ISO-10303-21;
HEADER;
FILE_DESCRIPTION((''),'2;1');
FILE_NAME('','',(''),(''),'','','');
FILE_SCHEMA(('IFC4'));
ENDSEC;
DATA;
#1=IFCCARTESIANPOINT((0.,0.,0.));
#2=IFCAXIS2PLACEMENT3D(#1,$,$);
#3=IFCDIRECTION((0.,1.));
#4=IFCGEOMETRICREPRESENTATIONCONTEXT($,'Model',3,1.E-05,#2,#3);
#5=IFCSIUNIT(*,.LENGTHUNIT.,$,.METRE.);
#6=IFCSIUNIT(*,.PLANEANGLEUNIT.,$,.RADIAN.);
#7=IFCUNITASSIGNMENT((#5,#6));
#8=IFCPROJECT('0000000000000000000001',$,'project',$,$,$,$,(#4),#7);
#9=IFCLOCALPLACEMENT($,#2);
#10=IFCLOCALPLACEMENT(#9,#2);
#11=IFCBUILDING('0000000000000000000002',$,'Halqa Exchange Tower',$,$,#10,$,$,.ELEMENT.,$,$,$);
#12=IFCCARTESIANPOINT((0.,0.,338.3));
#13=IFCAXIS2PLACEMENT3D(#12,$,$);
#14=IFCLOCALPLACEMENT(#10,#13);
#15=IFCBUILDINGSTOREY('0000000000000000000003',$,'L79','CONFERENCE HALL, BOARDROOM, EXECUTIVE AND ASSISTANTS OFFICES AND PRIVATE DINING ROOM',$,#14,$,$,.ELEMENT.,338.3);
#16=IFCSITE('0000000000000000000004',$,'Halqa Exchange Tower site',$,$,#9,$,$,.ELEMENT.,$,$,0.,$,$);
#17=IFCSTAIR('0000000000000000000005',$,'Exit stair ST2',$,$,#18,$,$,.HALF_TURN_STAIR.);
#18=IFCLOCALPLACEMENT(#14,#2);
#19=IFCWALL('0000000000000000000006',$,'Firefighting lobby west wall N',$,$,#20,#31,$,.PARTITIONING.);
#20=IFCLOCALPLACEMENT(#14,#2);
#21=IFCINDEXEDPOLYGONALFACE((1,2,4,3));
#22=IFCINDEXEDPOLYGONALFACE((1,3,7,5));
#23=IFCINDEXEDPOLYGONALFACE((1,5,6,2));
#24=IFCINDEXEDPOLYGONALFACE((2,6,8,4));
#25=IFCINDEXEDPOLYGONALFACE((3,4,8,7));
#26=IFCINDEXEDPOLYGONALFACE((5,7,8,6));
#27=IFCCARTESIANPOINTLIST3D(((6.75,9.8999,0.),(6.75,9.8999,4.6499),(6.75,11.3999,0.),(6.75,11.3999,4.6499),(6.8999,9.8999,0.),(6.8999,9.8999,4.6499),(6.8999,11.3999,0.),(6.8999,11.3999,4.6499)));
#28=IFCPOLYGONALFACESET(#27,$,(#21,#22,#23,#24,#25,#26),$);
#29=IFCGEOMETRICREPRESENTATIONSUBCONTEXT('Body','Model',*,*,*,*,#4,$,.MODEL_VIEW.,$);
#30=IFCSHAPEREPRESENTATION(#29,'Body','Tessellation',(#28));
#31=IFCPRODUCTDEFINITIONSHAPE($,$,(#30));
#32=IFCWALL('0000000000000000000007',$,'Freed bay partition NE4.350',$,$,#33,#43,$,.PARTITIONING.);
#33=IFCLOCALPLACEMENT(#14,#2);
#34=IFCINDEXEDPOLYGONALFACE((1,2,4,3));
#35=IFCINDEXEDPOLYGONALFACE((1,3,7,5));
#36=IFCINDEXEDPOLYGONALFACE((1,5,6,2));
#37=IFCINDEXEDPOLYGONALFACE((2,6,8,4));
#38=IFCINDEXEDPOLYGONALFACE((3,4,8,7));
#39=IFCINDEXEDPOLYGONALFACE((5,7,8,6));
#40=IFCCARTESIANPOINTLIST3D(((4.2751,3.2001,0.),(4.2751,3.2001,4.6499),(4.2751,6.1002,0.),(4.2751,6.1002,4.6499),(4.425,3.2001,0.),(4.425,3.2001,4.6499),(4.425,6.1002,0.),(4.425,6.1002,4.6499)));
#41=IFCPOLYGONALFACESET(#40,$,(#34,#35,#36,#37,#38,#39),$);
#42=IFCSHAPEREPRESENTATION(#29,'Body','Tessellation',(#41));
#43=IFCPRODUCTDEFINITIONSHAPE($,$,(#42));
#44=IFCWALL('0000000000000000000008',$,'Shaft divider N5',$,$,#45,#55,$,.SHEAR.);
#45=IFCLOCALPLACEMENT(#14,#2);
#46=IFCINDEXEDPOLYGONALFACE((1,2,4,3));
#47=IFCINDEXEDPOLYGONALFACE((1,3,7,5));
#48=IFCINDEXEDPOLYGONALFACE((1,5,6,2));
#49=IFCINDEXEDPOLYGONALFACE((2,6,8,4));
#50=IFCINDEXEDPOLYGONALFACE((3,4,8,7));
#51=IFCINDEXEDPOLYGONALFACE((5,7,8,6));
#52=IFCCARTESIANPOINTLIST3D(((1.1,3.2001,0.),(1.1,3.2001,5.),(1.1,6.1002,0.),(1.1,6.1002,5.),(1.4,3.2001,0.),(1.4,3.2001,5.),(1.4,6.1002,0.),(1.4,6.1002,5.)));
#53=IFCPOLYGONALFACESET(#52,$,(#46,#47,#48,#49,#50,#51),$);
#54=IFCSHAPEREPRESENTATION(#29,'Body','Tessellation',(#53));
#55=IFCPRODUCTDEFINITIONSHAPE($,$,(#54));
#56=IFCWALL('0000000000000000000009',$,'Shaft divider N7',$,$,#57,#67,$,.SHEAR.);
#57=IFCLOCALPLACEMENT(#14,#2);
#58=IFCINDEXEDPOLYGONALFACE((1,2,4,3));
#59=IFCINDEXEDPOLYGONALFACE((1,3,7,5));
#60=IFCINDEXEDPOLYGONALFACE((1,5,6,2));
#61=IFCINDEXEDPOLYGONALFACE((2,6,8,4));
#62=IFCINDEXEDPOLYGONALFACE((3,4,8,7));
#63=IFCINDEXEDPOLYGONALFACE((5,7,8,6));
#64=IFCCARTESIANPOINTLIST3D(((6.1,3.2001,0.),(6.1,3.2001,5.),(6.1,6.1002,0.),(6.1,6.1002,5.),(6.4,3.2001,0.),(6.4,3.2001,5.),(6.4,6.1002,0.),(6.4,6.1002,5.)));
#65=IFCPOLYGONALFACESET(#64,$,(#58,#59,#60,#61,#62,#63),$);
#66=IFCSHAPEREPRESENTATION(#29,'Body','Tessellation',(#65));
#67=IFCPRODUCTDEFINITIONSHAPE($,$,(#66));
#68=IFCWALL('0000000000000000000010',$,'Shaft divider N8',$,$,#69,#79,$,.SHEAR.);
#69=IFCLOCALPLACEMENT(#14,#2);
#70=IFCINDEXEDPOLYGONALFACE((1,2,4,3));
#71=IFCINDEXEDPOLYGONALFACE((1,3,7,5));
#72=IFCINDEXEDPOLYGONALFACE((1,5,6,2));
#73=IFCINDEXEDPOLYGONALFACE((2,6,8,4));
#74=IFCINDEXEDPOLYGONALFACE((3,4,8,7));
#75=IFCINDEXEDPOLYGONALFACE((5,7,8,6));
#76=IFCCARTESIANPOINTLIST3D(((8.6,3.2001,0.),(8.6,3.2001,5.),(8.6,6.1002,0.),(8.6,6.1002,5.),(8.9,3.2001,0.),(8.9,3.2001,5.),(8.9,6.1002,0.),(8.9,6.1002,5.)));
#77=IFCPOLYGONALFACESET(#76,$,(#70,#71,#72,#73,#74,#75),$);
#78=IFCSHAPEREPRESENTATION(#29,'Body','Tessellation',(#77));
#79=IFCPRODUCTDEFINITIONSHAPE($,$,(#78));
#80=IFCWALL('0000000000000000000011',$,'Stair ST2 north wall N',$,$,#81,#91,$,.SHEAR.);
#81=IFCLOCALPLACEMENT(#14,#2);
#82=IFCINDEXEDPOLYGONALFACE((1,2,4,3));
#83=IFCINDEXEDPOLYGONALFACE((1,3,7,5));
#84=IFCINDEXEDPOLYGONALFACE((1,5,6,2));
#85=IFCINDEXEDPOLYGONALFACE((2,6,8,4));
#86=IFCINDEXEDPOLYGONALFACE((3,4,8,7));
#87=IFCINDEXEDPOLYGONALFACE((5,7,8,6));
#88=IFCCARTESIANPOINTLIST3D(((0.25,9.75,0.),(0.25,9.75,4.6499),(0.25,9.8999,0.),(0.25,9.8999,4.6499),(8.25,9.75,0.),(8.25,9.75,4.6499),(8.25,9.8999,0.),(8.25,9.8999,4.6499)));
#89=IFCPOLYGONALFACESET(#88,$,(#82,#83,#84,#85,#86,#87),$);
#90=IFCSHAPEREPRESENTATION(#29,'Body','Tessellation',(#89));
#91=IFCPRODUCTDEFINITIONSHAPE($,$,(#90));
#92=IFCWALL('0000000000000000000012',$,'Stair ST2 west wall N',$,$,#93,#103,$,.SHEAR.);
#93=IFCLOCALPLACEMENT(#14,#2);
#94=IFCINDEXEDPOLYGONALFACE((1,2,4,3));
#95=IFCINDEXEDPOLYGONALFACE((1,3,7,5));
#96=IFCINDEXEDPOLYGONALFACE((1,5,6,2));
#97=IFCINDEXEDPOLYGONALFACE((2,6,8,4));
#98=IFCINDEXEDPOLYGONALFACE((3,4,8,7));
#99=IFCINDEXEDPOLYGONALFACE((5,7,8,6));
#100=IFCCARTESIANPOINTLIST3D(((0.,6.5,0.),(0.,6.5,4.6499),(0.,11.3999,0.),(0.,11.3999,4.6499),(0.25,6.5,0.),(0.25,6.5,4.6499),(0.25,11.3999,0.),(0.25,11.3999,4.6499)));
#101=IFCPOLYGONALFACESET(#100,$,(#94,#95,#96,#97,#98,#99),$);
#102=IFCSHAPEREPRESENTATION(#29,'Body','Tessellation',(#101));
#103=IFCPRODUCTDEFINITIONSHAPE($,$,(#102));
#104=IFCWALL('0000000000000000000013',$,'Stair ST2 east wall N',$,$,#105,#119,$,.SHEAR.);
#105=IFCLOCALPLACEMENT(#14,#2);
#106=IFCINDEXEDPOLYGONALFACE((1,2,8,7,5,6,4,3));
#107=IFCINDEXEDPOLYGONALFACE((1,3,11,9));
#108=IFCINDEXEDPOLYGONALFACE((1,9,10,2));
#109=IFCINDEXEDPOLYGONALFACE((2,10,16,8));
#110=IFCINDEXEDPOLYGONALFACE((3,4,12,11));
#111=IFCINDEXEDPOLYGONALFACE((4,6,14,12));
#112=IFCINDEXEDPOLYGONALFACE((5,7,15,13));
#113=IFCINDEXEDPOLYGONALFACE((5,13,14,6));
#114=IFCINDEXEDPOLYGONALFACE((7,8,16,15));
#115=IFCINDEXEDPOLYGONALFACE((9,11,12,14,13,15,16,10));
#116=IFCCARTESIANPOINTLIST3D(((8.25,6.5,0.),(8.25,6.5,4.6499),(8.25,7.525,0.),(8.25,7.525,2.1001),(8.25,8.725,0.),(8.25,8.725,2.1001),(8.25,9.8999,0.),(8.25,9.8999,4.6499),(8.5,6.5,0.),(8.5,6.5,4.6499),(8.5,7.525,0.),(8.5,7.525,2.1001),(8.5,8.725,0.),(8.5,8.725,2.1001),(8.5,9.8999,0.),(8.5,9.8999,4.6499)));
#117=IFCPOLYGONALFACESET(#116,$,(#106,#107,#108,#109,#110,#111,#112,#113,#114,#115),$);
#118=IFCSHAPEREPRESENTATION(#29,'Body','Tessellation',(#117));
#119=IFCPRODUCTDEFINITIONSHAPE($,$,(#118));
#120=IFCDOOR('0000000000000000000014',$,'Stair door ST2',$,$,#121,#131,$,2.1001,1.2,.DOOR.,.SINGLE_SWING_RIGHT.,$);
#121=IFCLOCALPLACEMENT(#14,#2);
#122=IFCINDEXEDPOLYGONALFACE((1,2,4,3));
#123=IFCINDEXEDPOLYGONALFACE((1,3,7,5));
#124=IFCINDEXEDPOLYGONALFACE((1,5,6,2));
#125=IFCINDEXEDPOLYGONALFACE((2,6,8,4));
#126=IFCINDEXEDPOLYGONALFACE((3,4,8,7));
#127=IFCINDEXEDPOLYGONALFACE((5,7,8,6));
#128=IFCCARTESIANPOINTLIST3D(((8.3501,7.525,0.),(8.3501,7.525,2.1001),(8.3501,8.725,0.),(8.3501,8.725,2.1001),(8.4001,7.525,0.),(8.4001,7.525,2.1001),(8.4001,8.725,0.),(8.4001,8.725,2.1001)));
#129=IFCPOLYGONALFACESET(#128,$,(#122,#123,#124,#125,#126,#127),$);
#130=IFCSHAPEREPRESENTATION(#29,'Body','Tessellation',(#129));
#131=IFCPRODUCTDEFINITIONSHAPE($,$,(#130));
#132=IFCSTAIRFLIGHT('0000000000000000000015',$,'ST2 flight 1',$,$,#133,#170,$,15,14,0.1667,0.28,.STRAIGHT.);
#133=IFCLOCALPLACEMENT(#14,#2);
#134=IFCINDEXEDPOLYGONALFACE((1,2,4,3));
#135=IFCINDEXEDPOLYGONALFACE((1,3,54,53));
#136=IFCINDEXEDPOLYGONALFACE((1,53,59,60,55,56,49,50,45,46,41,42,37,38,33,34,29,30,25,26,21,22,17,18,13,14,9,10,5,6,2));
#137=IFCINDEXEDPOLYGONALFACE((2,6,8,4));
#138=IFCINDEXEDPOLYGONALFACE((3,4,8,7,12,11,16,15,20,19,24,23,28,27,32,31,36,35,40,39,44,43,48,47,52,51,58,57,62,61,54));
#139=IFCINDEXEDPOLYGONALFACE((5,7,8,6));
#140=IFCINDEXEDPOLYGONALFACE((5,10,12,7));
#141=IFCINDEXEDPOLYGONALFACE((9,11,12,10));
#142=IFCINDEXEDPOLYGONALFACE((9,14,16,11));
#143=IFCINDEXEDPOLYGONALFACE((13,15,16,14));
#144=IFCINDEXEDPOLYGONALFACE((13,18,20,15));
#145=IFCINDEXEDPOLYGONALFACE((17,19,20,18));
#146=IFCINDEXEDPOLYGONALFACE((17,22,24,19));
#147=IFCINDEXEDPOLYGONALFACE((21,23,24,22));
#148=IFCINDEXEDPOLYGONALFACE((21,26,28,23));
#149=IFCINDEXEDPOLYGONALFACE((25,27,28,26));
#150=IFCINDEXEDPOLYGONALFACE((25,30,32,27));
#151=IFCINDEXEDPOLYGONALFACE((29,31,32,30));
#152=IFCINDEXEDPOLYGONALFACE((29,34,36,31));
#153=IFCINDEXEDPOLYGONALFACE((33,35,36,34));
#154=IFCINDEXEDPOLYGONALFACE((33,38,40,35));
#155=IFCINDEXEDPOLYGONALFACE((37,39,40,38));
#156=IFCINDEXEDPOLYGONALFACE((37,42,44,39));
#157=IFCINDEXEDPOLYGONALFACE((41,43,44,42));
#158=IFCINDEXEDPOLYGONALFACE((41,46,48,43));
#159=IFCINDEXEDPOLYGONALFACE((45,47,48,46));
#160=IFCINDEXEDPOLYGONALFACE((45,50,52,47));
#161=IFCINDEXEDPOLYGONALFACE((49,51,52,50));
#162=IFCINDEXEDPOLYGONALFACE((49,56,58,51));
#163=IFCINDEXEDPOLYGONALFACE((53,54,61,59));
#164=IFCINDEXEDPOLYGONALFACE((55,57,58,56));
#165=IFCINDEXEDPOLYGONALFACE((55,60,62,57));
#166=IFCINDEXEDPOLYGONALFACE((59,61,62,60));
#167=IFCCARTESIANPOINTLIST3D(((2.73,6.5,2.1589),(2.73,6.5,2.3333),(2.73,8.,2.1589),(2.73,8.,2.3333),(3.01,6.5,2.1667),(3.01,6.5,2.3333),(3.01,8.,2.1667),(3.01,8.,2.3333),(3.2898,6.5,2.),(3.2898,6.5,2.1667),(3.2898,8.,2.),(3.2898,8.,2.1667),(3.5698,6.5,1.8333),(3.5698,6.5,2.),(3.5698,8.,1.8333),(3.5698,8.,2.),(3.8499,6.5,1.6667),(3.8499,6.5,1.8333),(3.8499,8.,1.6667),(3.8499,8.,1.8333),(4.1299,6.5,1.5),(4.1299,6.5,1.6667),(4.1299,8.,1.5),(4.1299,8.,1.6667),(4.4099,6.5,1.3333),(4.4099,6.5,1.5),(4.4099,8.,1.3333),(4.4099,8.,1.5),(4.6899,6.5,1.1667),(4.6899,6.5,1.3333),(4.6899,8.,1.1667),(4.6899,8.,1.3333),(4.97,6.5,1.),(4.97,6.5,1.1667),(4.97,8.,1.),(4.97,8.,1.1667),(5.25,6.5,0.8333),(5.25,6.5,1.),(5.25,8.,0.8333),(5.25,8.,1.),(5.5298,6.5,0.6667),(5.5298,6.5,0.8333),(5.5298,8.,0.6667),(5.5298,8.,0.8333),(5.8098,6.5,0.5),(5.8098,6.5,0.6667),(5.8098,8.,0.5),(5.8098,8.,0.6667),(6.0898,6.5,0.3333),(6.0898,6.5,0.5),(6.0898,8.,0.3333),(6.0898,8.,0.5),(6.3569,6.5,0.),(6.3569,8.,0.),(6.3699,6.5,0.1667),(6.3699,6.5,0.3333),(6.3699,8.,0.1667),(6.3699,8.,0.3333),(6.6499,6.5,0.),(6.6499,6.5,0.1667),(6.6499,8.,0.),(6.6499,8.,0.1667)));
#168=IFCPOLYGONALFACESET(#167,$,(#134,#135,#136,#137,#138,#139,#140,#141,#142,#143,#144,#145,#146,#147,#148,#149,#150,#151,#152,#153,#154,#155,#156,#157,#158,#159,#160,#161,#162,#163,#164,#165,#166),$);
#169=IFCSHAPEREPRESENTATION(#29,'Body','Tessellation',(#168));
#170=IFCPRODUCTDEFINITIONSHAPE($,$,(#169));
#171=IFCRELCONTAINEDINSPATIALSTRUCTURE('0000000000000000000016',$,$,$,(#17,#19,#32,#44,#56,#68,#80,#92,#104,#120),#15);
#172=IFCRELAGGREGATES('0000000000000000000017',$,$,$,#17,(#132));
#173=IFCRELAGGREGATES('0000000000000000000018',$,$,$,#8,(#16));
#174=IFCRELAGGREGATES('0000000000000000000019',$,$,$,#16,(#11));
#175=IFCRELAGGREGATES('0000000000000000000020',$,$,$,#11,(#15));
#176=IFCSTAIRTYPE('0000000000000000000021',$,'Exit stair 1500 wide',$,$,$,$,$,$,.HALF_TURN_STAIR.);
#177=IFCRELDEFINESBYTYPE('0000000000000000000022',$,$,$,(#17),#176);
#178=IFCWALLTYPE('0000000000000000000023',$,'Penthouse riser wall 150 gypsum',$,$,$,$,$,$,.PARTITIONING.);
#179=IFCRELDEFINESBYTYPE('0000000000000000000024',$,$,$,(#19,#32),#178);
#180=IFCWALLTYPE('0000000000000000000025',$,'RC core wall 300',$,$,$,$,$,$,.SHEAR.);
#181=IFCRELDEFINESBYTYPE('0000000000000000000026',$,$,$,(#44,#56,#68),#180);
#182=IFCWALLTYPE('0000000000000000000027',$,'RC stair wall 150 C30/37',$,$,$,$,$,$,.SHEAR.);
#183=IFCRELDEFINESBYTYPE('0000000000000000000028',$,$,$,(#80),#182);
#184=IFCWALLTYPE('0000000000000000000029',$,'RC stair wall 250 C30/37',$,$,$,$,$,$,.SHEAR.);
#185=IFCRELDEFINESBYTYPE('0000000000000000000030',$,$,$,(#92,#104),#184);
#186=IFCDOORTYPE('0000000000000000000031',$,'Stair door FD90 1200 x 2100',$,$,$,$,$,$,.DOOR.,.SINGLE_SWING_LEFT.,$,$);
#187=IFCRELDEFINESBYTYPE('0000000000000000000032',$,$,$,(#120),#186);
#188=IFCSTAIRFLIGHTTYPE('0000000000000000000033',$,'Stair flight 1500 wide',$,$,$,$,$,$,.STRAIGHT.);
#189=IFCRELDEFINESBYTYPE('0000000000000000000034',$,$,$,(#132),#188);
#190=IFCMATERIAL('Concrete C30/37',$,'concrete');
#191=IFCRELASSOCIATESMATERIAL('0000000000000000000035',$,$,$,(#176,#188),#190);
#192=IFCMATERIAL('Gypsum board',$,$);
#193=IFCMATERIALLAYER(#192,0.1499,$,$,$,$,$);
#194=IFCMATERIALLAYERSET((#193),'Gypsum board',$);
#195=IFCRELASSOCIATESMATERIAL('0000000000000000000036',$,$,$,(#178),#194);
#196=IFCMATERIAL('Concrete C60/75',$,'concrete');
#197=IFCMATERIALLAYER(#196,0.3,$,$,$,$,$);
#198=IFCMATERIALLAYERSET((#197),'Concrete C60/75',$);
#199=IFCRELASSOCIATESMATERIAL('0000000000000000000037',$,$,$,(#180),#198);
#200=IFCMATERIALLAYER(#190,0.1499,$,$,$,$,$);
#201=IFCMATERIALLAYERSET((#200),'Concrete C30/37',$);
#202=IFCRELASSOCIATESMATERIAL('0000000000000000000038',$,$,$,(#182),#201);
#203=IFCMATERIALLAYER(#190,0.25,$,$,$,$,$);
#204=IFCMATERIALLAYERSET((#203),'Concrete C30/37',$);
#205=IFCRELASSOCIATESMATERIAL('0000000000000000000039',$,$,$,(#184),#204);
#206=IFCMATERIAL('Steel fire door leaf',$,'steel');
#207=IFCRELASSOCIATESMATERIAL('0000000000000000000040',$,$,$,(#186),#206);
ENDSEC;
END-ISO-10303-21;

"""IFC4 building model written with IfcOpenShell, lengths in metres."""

from ifc_helpers import new_model, si_unit, direction, frame, frame_2d, origin, place, context, subcontext, project, spatial, polyline, rectangle, outline, extrude, material, layer, layer_set, type_object, element, fill, aggregate, save


model = new_model("IFC4")

# Units and contexts
model_context = context("Model", 3, precision=1e-05, world=origin(), true_north=direction((0.0, 1.0)))
body_context = subcontext(model_context, "Body", "Model", "MODEL_VIEW")
ifc_project = project(units=[si_unit("LENGTHUNIT", "METRE"), si_unit("PLANEANGLEUNIT", "RADIAN")], contexts=[model_context])

# Site, building, storey
site_placement = place(None, origin())
site = spatial("IfcSite", under=ifc_project, at=site_placement, Name="Halqa Exchange Tower site", CompositionType="ELEMENT", RefElevation=0.0)
building_placement = place(site_placement, origin())
building = spatial("IfcBuilding", under=site, at=building_placement, Name="Halqa Exchange Tower", CompositionType="ELEMENT")
storey_placement = place(building_placement, frame((0.0, 0.0, 338.3)))
storey = spatial("IfcBuildingStorey", under=building, at=storey_placement, Name="L79", Description="CONFERENCE HALL, BOARDROOM, EXECUTIVE AND ASSISTANTS OFFICES AND PRIVATE DINING ROOM", CompositionType="ELEMENT", Elevation=338.3)

# Shared definitions
ifc_material_1 = material(Name="Concrete C60/75", Category="concrete")

# Stair
ifc_material_2 = material(Name="Concrete C30/37", Category="concrete")
stair_type = type_object("IfcStairType", Name="Exit stair 1500 wide", PredefinedType="HALF_TURN_STAIR", material=ifc_material_2)
stair_1_placement = place(storey_placement, origin())
stair_1 = element("IfcStair", 1, at=stair_1_placement, inside=storey, type_object=stair_type, Name="Exit stair ST2", PredefinedType="HALF_TURN_STAIR")

# Walls
ifc_material_3 = material(Name="Gypsum board")
ifc_layer_1 = layer(ifc_material_3, 0.1499)
ifc_layer_set_1 = layer_set([ifc_layer_1], Name="Gypsum board")
wall_type_1 = type_object("IfcWallType", Name="Penthouse riser wall 150 gypsum", PredefinedType="PARTITIONING", material=ifc_layer_set_1)
wall_1_placement = place(storey_placement, frame((6.825, 9.8999, 0.0), z_axis=(0.0, 0.0, 1.0), x_axis=(0.0, 1.0, 0.0)))
element("IfcWall", 2, at=wall_1_placement, inside=storey, type_object=wall_type_1, Name="Firefighting lobby west wall N", PredefinedType="PARTITIONING", context=body_context, shape_type="SweptSolid", body=[
    extrude(rectangle(XDim=1.5, YDim=0.1499, at=frame_2d((0.75, 0.0))), origin(), (0.0, 0.0, 1.0), 4.6499),
])
wall_2_placement = place(storey_placement, frame((4.3501, 3.2, 0.0), z_axis=(0.0, 0.0, 1.0), x_axis=(0.0, 1.0, 0.0)))
element("IfcWall", 3, at=wall_2_placement, inside=storey, type_object=wall_type_1, Name="Freed bay partition NE4.350", PredefinedType="PARTITIONING", context=body_context, shape_type="SweptSolid", body=[
    extrude(rectangle(XDim=2.9001, YDim=0.1499, at=frame_2d((1.4502, 0.0))), origin(), (0.0, 0.0, 1.0), 4.6499),
])
ifc_layer_2 = layer(ifc_material_1, 0.3)
ifc_layer_set_2 = layer_set([ifc_layer_2], Name="Concrete C60/75")
wall_type_2 = type_object("IfcWallType", Name="RC core wall 300", PredefinedType="SHEAR", material=ifc_layer_set_2)
for number, where, z_axis, x_axis, name in (
    (4, (1.25, 3.2, 0.0), (0.0, 0.0, 1.0), (0.0, 1.0, 0.0), "Shaft divider N5"),
    (5, (6.25, 3.2, 0.0), (0.0, 0.0, 1.0), (0.0, 1.0, 0.0), "Shaft divider N7"),
    (6, (8.75, 3.2, 0.0), (0.0, 0.0, 1.0), (0.0, 1.0, 0.0), "Shaft divider N8"),
):
    element("IfcWall", number, at=place(storey_placement, frame(where, z_axis=z_axis, x_axis=x_axis)), inside=storey, type_object=wall_type_2, Name=name, PredefinedType="SHEAR", context=body_context, shape_type="SweptSolid", body=[
        extrude(rectangle(XDim=2.9001, YDim=0.3, at=frame_2d((1.4502, 0.0))), origin(), (0.0, 0.0, 1.0), 5.0),
    ])
ifc_layer_3 = layer(ifc_material_2, 0.1499)
ifc_layer_set_3 = layer_set([ifc_layer_3], Name="Concrete C30/37")
wall_type_3 = type_object("IfcWallType", Name="RC stair wall 150 C30/37", PredefinedType="SHEAR", material=ifc_layer_set_3)
wall_3_placement = place(storey_placement, frame((0.25, 9.825, 0.0), z_axis=(0.0, 0.0, 1.0), x_axis=(1.0, 0.0, 0.0)))
element("IfcWall", 7, at=wall_3_placement, inside=storey, type_object=wall_type_3, Name="Stair ST2 north wall N", PredefinedType="SHEAR", context=body_context, shape_type="SweptSolid", body=[
    extrude(rectangle(XDim=8.0, YDim=0.1499, at=frame_2d((4.0, 0.0))), origin(), (0.0, 0.0, 1.0), 4.6499),
])
ifc_layer_4 = layer(ifc_material_2, 0.25)
ifc_layer_set_4 = layer_set([ifc_layer_4], Name="Concrete C30/37")
wall_type_4 = type_object("IfcWallType", Name="RC stair wall 250 C30/37", PredefinedType="SHEAR", material=ifc_layer_set_4)
wall_4_placement = place(storey_placement, frame((0.125, 6.5, 0.0), z_axis=(0.0, 0.0, 1.0), x_axis=(0.0, 1.0, 0.0)))
element("IfcWall", 8, at=wall_4_placement, inside=storey, type_object=wall_type_4, Name="Stair ST2 west wall N", PredefinedType="SHEAR", context=body_context, shape_type="SweptSolid", body=[
    extrude(rectangle(XDim=4.8999, YDim=0.25, at=frame_2d((2.45, 0.0))), origin(), (0.0, 0.0, 1.0), 4.6499),
])

# Wall, opening, door
wall_5_placement = place(storey_placement, frame((8.375, 6.5, 0.0), z_axis=(0.0, 0.0, 1.0), x_axis=(0.0, 1.0, 0.0)))
wall_5 = element("IfcWall", 9, at=wall_5_placement, inside=storey, type_object=wall_type_4, Name="Stair ST2 east wall N", PredefinedType="SHEAR", context=body_context, shape_type="SweptSolid", body=[
    extrude(rectangle(XDim=3.3999, YDim=0.25, at=frame_2d((1.7, 0.0))), origin(), (0.0, 0.0, 1.0), 4.6499),
])
opening_placement = place(wall_5_placement, frame((1.0249, 0.0, 0.0)))
opening = element("IfcOpeningElement", 10, at=opening_placement, cuts=wall_5, PredefinedType="OPENING", context=body_context, shape_type="SweptSolid", body=[
    extrude(rectangle(XDim=1.2, YDim=2.1001, at=frame_2d((0.6001, 1.05))), frame((0.0, 0.137, 0.0), z_axis=(0.0, -1.0, 0.0), x_axis=(1.0, 0.0, 0.0)), (0.0, 0.0, 1.0), 0.2739),
])
ifc_material_4 = material(Name="Steel fire door leaf", Category="steel")
door_type = type_object("IfcDoorType", Name="Stair door FD90 1200 x 2100", OperationType="SINGLE_SWING_LEFT", PredefinedType="DOOR", material=ifc_material_4)
door_placement = place(opening_placement, origin())
door = element("IfcDoor", 11, at=door_placement, inside=storey, type_object=door_type, Name="Stair door ST2", OperationType="SINGLE_SWING_RIGHT", OverallHeight=2.1001, OverallWidth=1.2, PredefinedType="DOOR", context=body_context, shape_type="SweptSolid", body=[
    extrude(rectangle(XDim=1.2, YDim=2.1001, at=frame_2d((0.6001, 1.05))), frame((0.0, 0.0249, 0.0), z_axis=(0.0, -1.0, 0.0), x_axis=(1.0, 0.0, 0.0)), (0.0, 0.0, 1.0), 0.05),
])
fill(opening, door)

# Stair flight
stair_flight_type = type_object("IfcStairFlightType", Name="Stair flight 1500 wide", PredefinedType="STRAIGHT", material=ifc_material_2)
stair_flight_1_placement = place(storey_placement, frame((6.6499, 7.25, 0.0), z_axis=(0.0, 0.0, 1.0), x_axis=(-1.0, 0.0, 0.0)))
stair_flight_1 = element("IfcStairFlight", 12, at=stair_flight_1_placement, type_object=stair_flight_type, Name="ST2 flight 1", NumberOfRisers=15, NumberOfTreads=14, PredefinedType="STRAIGHT", RiserHeight=0.1667, TreadLength=0.28, context=body_context, shape_type="SweptSolid", body=[
    extrude(outline(polyline([(0.0, 0.0), (0.0, 0.1667), (0.28, 0.1667), (0.28, 0.3333), (0.5601, 0.3333), (0.5601, 0.5), (0.8401, 0.5), (0.8401, 0.6667), (1.1201, 0.6667), (1.1201, 0.8333), (1.3999, 0.8333), (1.3999, 1.0), (1.6799, 1.0), (1.6799, 1.1667), (1.96, 1.1667), (1.96, 1.3333), (2.24, 1.3333), (2.24, 1.5), (2.52, 1.5), (2.52, 1.6667), (2.8, 1.6667), (2.8, 1.8333), (3.0801, 1.8333), (3.0801, 2.0), (3.3601, 2.0), (3.3601, 2.1667), (3.6399, 2.1667), (3.6399, 2.3333), (3.9199, 2.3333), (3.9199, 2.5), (3.9199, 2.1589), (0.293, 0.0), (0.0, 0.0)])), frame((0.0, 0.75, 0.0), z_axis=(0.0, -1.0, 0.0), x_axis=(1.0, 0.0, 0.0)), (0.0, 0.0, 1.0), 1.5),
])
aggregate(stair_1, [stair_flight_1])

save(model, "model.ifc")
